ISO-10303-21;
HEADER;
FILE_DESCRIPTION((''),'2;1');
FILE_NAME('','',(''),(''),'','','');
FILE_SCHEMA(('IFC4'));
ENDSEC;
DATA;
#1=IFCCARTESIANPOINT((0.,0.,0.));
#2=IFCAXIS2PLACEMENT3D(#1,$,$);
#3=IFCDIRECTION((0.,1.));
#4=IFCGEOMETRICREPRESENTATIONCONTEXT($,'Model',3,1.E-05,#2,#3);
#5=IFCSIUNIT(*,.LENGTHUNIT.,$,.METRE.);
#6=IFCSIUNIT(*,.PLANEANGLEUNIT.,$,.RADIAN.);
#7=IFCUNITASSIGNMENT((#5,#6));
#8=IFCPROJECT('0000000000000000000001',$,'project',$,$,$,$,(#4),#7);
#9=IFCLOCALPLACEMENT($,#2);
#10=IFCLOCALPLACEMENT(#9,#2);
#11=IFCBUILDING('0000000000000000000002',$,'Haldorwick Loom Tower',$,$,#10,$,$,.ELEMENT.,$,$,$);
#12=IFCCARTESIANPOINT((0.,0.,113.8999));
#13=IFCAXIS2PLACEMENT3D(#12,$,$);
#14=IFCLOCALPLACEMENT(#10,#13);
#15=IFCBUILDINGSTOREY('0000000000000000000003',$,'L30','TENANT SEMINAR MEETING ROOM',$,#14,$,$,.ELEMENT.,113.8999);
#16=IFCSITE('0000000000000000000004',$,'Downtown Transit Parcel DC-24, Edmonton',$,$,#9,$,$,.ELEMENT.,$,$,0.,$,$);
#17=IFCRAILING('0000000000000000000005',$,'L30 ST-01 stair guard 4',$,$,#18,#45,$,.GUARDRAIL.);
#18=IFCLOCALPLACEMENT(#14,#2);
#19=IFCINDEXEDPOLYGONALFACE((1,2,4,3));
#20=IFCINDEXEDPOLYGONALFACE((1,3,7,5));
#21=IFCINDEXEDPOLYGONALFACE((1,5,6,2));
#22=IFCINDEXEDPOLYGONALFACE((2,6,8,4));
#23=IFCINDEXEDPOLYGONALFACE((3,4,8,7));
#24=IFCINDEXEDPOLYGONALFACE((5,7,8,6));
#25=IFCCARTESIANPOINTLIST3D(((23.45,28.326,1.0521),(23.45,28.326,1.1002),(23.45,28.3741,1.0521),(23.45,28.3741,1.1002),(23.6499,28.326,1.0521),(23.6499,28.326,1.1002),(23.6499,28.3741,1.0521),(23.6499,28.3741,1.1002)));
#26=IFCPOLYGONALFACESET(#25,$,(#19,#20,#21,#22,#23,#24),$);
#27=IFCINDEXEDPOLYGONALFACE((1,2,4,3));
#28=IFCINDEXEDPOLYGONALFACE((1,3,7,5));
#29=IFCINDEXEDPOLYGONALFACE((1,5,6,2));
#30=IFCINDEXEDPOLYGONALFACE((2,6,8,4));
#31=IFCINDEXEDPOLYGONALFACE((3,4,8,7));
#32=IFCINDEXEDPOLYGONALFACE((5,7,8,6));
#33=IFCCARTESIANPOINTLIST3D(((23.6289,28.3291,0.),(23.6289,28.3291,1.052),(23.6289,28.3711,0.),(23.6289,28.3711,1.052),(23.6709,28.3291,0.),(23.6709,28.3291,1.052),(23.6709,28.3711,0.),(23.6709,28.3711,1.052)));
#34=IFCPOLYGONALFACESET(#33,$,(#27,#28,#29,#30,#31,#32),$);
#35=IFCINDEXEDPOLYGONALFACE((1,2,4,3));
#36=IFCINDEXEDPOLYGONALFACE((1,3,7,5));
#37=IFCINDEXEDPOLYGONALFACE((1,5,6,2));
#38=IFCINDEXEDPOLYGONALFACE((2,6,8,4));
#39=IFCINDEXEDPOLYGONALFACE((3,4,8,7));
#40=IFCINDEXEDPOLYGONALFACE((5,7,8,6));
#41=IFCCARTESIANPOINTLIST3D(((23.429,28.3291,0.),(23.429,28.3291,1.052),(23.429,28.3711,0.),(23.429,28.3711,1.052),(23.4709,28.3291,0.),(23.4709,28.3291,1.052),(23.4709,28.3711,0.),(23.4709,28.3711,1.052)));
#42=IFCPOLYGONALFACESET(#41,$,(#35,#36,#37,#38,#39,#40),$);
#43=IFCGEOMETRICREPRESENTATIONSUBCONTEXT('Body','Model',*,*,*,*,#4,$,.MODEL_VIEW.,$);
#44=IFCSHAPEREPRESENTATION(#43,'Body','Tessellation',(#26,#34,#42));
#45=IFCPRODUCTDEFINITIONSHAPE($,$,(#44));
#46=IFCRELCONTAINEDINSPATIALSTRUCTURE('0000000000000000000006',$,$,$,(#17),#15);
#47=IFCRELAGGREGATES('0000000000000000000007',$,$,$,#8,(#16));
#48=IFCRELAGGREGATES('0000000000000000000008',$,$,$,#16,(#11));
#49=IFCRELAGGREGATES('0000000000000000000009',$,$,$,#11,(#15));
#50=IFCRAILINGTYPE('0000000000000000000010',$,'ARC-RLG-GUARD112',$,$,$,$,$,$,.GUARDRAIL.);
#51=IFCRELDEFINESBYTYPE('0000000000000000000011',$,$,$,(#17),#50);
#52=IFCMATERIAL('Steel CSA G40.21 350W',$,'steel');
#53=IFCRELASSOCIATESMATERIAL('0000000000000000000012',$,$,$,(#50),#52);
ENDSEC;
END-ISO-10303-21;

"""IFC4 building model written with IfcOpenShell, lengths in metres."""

from ifc_helpers import new_model, si_unit, direction, frame, origin, origin_2d, place, context, subcontext, project, spatial, rectangle, extrude, material, type_object, element, save


model = new_model("IFC4")

# Units and contexts
model_context = context("Model", 3, precision=1e-05, world=origin(), true_north=direction((0.0, 1.0)))
body_context = subcontext(model_context, "Body", "Model", "MODEL_VIEW")
ifc_project = project(units=[si_unit("LENGTHUNIT", "METRE"), si_unit("PLANEANGLEUNIT", "RADIAN")], contexts=[model_context])

# Site, building, storey
site_placement = place(None, origin())
site = spatial("IfcSite", under=ifc_project, at=site_placement, Name="Downtown Transit Parcel DC-24, Edmonton", CompositionType="ELEMENT", RefElevation=0.0)
building_placement = place(site_placement, origin())
building = spatial("IfcBuilding", under=site, at=building_placement, Name="Haldorwick Loom Tower", CompositionType="ELEMENT")
storey_placement = place(building_placement, frame((0.0, 0.0, 113.8999)))
storey = spatial("IfcBuildingStorey", under=building, at=storey_placement, Name="L30", Description="TENANT SEMINAR MEETING ROOM", CompositionType="ELEMENT", Elevation=113.8999)

# Shared definitions
ifc_material_1 = material(Name="Steel CSA G40.21 350W", Category="steel")

# Railing
railing_type = type_object("IfcRailingType", Name="ARC-RLG-GUARD112", PredefinedType="GUARDRAIL", material=ifc_material_1)
railing_placement = place(storey_placement, frame((23.6499, 28.3501, 0.0)))
element("IfcRailing", 1, at=railing_placement, inside=storey, type_object=railing_type, Name="L30 ST-01 stair guard 4", PredefinedType="GUARDRAIL", context=body_context, shape_type="SweptSolid", body=[
    extrude(rectangle(XDim=0.0481, YDim=0.0481, at=origin_2d()), frame((0.0, 0.0, 1.0762), z_axis=(-1.0, 0.0, 0.0), x_axis=(0.0, -1.0, 0.0)), (0.0, 0.0, 1.0), 0.2),
    extrude(rectangle(XDim=0.042, YDim=0.042, at=origin_2d()), origin(), (0.0, 0.0, 1.0), 1.052),
    extrude(rectangle(XDim=0.042, YDim=0.042, at=origin_2d()), frame((-0.2, 0.0, 0.0)), (0.0, 0.0, 1.0), 1.052),
])

save(model, "model.ifc")
